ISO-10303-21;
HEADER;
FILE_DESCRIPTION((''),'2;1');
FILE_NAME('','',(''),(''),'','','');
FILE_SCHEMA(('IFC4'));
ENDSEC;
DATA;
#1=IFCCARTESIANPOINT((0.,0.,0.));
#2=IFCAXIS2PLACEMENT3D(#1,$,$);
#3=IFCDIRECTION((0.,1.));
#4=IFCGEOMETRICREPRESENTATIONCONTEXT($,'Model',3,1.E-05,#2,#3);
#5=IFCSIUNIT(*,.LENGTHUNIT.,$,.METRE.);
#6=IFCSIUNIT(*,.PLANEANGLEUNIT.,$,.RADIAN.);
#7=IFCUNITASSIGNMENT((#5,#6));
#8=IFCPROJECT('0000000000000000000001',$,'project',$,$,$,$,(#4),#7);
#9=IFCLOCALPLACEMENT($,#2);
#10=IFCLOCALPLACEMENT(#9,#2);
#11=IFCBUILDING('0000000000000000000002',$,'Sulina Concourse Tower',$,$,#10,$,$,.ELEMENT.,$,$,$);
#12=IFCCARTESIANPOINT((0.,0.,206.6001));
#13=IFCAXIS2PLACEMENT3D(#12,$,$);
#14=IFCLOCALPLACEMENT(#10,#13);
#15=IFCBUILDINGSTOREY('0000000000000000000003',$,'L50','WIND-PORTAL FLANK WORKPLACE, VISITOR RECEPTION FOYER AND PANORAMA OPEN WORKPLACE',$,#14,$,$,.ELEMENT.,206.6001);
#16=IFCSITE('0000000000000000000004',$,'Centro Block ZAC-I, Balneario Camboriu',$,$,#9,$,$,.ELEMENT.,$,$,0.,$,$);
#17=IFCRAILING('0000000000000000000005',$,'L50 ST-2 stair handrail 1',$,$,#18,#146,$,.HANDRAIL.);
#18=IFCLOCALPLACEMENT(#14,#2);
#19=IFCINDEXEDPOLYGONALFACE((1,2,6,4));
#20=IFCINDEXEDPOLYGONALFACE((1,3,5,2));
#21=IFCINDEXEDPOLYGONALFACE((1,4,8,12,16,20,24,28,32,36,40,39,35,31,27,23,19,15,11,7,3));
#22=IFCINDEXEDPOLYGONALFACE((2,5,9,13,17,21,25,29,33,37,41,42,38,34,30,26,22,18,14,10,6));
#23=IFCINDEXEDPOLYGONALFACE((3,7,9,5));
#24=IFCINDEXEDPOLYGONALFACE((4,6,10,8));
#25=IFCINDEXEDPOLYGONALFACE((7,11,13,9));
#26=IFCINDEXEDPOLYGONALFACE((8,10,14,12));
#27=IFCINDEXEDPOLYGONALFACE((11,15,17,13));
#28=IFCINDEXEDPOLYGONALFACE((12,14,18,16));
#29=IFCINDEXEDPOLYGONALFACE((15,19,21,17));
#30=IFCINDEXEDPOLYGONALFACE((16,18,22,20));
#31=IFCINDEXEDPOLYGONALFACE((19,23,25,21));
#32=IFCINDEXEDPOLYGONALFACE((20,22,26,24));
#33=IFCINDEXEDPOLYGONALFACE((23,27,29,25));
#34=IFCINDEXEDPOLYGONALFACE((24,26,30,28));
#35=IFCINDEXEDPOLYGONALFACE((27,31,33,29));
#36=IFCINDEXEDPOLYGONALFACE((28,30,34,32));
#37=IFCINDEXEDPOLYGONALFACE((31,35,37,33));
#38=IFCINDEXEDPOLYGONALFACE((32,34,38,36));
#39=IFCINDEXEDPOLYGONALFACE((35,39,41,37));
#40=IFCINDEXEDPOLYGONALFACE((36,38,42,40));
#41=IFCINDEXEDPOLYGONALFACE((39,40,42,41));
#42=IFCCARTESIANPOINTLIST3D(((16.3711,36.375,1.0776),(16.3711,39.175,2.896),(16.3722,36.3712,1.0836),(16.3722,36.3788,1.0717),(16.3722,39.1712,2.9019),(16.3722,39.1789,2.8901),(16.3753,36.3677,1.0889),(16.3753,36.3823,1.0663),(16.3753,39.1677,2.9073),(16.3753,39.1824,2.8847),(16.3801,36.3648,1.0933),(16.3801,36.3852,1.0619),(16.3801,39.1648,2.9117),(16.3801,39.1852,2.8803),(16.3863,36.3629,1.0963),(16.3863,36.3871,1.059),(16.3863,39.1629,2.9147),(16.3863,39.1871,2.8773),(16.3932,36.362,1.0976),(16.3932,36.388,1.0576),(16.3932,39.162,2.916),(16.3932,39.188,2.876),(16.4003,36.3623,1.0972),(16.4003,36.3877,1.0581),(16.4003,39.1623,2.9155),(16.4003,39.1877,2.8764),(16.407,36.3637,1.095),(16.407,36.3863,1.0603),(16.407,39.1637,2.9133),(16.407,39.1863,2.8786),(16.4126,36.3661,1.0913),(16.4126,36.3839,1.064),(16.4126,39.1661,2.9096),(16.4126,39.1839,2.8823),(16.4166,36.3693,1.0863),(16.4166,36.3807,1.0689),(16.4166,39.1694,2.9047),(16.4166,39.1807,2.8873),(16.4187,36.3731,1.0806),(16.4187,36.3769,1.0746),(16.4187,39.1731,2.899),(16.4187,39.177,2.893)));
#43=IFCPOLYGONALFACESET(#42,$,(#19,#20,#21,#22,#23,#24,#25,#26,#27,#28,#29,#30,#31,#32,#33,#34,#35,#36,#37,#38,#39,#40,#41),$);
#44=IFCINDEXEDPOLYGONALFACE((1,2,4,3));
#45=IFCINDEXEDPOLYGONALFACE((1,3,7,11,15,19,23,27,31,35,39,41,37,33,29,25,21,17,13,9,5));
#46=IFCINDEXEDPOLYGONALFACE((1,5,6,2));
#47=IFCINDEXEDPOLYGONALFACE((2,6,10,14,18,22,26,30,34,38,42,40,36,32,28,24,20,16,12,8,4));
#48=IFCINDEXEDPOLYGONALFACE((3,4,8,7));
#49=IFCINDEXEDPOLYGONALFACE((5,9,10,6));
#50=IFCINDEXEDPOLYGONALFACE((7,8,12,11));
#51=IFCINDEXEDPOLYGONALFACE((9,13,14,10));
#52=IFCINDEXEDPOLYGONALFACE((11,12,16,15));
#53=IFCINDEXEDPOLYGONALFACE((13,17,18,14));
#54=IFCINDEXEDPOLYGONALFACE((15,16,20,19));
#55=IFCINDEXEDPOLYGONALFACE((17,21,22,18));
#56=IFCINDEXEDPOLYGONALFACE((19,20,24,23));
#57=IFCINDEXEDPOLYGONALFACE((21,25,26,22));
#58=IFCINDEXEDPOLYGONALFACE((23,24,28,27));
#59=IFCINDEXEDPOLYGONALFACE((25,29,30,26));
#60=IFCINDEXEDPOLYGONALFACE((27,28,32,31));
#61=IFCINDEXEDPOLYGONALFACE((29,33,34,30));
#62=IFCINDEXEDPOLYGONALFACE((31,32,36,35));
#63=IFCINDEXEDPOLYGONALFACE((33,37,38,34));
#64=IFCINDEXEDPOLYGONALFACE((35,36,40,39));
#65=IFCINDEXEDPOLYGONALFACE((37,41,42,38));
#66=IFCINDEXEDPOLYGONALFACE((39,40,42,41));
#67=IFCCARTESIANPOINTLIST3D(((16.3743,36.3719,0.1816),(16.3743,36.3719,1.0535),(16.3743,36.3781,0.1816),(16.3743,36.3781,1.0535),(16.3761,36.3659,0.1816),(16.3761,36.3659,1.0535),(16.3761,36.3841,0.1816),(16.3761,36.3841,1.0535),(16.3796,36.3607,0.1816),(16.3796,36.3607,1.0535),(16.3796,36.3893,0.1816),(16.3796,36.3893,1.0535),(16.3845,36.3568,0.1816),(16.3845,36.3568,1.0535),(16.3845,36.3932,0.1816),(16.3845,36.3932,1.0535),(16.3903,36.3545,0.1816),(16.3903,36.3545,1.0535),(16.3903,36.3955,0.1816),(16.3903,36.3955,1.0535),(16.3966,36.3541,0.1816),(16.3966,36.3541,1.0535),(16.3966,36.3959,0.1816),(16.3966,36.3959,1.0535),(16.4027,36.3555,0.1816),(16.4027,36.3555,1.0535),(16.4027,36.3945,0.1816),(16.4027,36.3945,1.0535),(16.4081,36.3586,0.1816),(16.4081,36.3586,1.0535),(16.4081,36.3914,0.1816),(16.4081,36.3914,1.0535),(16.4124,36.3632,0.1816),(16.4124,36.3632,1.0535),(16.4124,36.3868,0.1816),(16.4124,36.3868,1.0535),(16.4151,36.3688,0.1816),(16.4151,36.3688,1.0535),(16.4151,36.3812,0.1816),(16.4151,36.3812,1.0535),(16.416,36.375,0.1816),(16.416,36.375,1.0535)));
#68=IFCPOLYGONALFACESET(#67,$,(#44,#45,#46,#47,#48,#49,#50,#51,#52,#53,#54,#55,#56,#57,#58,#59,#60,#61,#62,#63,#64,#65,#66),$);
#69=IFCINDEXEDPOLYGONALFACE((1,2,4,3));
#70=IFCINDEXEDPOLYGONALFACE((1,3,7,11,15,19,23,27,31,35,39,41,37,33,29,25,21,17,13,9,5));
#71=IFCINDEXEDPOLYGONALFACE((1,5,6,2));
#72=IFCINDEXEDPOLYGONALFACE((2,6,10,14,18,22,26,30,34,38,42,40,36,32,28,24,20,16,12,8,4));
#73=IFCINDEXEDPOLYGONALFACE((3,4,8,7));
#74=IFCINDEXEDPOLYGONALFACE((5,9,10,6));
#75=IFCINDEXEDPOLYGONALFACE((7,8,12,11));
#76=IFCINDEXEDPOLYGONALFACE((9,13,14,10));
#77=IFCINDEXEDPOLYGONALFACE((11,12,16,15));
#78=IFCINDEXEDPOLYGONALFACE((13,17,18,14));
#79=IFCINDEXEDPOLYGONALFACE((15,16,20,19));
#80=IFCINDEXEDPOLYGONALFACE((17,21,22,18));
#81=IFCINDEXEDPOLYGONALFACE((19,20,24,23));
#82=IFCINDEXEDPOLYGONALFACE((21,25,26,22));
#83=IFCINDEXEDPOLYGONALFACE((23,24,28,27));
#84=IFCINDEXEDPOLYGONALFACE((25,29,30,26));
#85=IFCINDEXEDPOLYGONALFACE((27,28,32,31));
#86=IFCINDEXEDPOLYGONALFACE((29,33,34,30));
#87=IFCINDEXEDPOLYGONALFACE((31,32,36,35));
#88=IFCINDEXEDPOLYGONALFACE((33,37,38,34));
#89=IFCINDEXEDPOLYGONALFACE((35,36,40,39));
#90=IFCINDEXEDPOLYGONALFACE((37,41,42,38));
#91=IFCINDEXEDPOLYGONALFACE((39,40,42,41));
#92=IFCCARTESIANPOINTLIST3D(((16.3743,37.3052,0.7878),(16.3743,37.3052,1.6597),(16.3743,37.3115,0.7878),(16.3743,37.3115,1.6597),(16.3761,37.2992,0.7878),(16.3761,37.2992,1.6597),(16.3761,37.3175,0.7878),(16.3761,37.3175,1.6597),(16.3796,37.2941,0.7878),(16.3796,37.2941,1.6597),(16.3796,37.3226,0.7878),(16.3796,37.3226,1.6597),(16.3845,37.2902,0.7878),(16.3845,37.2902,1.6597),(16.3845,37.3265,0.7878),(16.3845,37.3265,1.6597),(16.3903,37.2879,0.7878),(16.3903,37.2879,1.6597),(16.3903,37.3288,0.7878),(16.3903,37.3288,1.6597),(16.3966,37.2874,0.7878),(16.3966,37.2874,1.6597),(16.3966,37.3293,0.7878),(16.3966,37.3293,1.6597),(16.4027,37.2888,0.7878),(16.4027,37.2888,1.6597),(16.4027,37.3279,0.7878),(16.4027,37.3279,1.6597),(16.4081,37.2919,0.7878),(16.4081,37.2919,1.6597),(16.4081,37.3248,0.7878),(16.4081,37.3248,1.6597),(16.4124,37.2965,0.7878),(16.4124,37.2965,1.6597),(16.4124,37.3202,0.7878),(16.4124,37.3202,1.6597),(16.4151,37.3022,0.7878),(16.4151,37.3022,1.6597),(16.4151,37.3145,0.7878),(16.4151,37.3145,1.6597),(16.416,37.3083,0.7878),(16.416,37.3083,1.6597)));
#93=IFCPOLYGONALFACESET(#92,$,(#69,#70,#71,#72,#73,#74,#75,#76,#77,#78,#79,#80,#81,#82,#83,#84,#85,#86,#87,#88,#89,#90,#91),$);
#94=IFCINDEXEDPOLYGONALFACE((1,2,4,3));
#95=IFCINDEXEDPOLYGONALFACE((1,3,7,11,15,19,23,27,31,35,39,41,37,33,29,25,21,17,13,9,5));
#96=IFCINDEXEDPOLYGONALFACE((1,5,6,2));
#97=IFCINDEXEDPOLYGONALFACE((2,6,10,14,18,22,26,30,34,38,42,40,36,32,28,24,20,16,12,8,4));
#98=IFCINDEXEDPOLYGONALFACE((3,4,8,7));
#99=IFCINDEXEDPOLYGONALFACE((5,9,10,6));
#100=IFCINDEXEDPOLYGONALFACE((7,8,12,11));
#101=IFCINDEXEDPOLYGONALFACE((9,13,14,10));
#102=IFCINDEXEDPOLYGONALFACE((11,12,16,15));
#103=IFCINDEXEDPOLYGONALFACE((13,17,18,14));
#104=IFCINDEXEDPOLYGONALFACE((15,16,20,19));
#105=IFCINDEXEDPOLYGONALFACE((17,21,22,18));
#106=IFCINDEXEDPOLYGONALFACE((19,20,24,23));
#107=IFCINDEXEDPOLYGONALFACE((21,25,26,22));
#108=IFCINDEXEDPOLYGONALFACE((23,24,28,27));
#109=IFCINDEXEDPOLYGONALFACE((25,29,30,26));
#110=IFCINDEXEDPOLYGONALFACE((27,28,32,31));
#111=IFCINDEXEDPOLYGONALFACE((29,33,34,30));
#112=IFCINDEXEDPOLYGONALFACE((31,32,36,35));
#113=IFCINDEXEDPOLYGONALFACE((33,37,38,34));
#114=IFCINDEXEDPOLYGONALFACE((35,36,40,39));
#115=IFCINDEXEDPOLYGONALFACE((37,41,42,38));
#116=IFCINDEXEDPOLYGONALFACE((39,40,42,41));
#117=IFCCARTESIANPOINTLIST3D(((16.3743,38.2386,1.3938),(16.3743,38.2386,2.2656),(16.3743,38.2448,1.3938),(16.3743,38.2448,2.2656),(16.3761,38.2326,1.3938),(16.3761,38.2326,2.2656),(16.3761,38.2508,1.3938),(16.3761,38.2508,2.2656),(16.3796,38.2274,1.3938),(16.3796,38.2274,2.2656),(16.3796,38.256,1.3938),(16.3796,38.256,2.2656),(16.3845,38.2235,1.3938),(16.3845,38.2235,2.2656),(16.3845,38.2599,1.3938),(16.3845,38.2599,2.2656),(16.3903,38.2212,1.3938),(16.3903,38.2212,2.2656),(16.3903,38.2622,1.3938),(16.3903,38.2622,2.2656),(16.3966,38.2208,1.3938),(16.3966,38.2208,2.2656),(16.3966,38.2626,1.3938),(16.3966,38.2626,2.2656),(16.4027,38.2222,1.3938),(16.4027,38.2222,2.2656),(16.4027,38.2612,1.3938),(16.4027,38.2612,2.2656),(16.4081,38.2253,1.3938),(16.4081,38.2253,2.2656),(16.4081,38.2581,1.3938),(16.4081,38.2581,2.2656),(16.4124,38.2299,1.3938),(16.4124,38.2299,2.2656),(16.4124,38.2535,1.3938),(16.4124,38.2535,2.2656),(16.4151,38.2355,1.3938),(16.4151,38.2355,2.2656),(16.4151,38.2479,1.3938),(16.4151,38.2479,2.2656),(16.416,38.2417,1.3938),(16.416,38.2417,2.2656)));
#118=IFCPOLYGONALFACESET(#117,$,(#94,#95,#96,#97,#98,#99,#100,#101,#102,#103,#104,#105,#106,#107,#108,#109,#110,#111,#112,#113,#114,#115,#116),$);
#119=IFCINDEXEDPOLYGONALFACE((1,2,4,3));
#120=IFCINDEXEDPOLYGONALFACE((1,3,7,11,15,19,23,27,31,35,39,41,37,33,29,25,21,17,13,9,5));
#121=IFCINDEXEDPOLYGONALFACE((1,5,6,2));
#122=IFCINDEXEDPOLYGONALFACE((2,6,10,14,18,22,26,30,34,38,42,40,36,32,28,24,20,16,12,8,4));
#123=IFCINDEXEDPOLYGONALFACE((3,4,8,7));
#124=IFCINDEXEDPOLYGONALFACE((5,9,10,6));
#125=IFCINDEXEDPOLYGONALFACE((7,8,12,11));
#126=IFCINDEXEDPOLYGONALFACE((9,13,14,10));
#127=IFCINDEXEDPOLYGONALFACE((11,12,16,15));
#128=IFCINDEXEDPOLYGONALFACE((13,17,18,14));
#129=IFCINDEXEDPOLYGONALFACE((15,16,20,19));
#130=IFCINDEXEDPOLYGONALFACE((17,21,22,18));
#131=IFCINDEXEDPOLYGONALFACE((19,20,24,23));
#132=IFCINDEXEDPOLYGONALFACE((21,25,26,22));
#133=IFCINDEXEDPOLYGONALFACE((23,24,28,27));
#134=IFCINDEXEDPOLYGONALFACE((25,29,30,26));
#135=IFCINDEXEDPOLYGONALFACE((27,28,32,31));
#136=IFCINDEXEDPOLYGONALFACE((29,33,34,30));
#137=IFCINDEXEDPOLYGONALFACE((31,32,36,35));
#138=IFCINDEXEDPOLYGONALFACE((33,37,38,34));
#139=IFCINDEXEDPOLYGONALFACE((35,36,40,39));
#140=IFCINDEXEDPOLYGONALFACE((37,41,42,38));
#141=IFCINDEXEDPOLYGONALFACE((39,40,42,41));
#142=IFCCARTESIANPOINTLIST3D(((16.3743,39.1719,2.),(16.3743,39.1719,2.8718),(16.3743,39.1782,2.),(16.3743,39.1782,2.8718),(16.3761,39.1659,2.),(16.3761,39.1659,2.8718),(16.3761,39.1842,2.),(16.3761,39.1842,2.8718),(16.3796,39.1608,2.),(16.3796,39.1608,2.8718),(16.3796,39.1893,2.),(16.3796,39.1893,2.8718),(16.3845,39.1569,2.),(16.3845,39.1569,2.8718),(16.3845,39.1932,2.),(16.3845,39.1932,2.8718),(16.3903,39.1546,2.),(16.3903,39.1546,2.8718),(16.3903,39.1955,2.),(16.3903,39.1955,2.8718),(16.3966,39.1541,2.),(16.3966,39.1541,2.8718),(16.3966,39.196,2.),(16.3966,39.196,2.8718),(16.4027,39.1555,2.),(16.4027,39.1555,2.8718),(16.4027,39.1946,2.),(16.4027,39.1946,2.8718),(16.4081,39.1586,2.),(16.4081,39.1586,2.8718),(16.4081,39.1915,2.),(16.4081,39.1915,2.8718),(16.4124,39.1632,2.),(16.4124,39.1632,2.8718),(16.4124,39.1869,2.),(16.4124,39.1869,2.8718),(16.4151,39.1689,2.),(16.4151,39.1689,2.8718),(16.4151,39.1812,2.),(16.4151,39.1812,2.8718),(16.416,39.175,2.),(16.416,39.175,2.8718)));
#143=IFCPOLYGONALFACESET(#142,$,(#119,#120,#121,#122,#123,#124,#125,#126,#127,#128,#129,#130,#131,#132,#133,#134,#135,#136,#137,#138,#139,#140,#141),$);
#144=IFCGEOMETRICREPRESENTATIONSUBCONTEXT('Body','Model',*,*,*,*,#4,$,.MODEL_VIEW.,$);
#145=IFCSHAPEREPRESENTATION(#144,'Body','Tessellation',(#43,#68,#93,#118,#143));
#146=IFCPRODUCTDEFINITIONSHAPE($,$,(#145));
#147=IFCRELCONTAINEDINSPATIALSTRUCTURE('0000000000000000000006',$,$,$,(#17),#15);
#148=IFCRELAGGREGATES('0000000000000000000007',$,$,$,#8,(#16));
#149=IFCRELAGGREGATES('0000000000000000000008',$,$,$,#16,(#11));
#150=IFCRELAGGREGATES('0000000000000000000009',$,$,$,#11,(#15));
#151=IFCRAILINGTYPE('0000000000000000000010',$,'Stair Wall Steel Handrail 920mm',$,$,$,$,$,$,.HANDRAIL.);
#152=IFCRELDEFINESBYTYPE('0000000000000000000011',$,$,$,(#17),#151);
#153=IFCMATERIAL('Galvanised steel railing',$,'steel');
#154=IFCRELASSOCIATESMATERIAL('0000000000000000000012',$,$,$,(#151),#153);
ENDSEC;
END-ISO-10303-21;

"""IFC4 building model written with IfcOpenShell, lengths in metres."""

from ifc_helpers import new_model, si_unit, direction, frame, origin, origin_2d, place, context, subcontext, project, spatial, circle, extrude, material, type_object, element, save


model = new_model("IFC4")

# Units and contexts
model_context = context("Model", 3, precision=1e-05, world=origin(), true_north=direction((0.0, 1.0)))
body_context = subcontext(model_context, "Body", "Model", "MODEL_VIEW")
ifc_project = project(units=[si_unit("LENGTHUNIT", "METRE"), si_unit("PLANEANGLEUNIT", "RADIAN")], contexts=[model_context])

# Site, building, storey
site_placement = place(None, origin())
site = spatial("IfcSite", under=ifc_project, at=site_placement, Name="Centro Block ZAC-I, Balneario Camboriu", CompositionType="ELEMENT", RefElevation=0.0)
building_placement = place(site_placement, origin())
building = spatial("IfcBuilding", under=site, at=building_placement, Name="Sulina Concourse Tower", CompositionType="ELEMENT")
storey_placement = place(building_placement, frame((0.0, 0.0, 206.6001)))
storey = spatial("IfcBuildingStorey", under=building, at=storey_placement, Name="L50", Description="WIND-PORTAL FLANK WORKPLACE, VISITOR RECEPTION FOYER AND PANORAMA OPEN WORKPLACE", CompositionType="ELEMENT", Elevation=206.6001)

# Railing
ifc_material_1 = material(Name="Galvanised steel railing", Category="steel")
railing_type_1 = type_object("IfcRailingType", Name="Stair Wall Steel Handrail 920mm", PredefinedType="HANDRAIL", material=ifc_material_1)
railing_1_placement = place(storey_placement, frame((16.395, 36.375, 0.1816)))
element("IfcRailing", 1, at=railing_1_placement, inside=storey, type_object=railing_type_1, Name="L50 ST-2 stair handrail 1", PredefinedType="HANDRAIL", context=body_context, shape_type="SweptSolid", body=[
    extrude(circle(Radius=0.0239, at=origin_2d()), frame((0.0, 0.0, 0.896), z_axis=(0.0, 0.838672, 0.544636), x_axis=(-1.0, 0.0, 0.0)), (0.0, 0.0, 1.0), 3.3386),
    extrude(circle(Radius=0.021, at=origin_2d()), origin(), (0.0, 0.0, 1.0), 0.8718),
    extrude(circle(Radius=0.021, at=origin_2d()), frame((0.0, 0.9333, 0.6062)), (0.0, 0.0, 1.0), 0.8718),
    extrude(circle(Radius=0.021, at=origin_2d()), frame((0.0, 1.8667, 1.2122)), (0.0, 0.0, 1.0), 0.8718),
    extrude(circle(Radius=0.021, at=origin_2d()), frame((0.0, 2.8, 1.8184)), (0.0, 0.0, 1.0), 0.8718),
])

save(model, "model.ifc")
